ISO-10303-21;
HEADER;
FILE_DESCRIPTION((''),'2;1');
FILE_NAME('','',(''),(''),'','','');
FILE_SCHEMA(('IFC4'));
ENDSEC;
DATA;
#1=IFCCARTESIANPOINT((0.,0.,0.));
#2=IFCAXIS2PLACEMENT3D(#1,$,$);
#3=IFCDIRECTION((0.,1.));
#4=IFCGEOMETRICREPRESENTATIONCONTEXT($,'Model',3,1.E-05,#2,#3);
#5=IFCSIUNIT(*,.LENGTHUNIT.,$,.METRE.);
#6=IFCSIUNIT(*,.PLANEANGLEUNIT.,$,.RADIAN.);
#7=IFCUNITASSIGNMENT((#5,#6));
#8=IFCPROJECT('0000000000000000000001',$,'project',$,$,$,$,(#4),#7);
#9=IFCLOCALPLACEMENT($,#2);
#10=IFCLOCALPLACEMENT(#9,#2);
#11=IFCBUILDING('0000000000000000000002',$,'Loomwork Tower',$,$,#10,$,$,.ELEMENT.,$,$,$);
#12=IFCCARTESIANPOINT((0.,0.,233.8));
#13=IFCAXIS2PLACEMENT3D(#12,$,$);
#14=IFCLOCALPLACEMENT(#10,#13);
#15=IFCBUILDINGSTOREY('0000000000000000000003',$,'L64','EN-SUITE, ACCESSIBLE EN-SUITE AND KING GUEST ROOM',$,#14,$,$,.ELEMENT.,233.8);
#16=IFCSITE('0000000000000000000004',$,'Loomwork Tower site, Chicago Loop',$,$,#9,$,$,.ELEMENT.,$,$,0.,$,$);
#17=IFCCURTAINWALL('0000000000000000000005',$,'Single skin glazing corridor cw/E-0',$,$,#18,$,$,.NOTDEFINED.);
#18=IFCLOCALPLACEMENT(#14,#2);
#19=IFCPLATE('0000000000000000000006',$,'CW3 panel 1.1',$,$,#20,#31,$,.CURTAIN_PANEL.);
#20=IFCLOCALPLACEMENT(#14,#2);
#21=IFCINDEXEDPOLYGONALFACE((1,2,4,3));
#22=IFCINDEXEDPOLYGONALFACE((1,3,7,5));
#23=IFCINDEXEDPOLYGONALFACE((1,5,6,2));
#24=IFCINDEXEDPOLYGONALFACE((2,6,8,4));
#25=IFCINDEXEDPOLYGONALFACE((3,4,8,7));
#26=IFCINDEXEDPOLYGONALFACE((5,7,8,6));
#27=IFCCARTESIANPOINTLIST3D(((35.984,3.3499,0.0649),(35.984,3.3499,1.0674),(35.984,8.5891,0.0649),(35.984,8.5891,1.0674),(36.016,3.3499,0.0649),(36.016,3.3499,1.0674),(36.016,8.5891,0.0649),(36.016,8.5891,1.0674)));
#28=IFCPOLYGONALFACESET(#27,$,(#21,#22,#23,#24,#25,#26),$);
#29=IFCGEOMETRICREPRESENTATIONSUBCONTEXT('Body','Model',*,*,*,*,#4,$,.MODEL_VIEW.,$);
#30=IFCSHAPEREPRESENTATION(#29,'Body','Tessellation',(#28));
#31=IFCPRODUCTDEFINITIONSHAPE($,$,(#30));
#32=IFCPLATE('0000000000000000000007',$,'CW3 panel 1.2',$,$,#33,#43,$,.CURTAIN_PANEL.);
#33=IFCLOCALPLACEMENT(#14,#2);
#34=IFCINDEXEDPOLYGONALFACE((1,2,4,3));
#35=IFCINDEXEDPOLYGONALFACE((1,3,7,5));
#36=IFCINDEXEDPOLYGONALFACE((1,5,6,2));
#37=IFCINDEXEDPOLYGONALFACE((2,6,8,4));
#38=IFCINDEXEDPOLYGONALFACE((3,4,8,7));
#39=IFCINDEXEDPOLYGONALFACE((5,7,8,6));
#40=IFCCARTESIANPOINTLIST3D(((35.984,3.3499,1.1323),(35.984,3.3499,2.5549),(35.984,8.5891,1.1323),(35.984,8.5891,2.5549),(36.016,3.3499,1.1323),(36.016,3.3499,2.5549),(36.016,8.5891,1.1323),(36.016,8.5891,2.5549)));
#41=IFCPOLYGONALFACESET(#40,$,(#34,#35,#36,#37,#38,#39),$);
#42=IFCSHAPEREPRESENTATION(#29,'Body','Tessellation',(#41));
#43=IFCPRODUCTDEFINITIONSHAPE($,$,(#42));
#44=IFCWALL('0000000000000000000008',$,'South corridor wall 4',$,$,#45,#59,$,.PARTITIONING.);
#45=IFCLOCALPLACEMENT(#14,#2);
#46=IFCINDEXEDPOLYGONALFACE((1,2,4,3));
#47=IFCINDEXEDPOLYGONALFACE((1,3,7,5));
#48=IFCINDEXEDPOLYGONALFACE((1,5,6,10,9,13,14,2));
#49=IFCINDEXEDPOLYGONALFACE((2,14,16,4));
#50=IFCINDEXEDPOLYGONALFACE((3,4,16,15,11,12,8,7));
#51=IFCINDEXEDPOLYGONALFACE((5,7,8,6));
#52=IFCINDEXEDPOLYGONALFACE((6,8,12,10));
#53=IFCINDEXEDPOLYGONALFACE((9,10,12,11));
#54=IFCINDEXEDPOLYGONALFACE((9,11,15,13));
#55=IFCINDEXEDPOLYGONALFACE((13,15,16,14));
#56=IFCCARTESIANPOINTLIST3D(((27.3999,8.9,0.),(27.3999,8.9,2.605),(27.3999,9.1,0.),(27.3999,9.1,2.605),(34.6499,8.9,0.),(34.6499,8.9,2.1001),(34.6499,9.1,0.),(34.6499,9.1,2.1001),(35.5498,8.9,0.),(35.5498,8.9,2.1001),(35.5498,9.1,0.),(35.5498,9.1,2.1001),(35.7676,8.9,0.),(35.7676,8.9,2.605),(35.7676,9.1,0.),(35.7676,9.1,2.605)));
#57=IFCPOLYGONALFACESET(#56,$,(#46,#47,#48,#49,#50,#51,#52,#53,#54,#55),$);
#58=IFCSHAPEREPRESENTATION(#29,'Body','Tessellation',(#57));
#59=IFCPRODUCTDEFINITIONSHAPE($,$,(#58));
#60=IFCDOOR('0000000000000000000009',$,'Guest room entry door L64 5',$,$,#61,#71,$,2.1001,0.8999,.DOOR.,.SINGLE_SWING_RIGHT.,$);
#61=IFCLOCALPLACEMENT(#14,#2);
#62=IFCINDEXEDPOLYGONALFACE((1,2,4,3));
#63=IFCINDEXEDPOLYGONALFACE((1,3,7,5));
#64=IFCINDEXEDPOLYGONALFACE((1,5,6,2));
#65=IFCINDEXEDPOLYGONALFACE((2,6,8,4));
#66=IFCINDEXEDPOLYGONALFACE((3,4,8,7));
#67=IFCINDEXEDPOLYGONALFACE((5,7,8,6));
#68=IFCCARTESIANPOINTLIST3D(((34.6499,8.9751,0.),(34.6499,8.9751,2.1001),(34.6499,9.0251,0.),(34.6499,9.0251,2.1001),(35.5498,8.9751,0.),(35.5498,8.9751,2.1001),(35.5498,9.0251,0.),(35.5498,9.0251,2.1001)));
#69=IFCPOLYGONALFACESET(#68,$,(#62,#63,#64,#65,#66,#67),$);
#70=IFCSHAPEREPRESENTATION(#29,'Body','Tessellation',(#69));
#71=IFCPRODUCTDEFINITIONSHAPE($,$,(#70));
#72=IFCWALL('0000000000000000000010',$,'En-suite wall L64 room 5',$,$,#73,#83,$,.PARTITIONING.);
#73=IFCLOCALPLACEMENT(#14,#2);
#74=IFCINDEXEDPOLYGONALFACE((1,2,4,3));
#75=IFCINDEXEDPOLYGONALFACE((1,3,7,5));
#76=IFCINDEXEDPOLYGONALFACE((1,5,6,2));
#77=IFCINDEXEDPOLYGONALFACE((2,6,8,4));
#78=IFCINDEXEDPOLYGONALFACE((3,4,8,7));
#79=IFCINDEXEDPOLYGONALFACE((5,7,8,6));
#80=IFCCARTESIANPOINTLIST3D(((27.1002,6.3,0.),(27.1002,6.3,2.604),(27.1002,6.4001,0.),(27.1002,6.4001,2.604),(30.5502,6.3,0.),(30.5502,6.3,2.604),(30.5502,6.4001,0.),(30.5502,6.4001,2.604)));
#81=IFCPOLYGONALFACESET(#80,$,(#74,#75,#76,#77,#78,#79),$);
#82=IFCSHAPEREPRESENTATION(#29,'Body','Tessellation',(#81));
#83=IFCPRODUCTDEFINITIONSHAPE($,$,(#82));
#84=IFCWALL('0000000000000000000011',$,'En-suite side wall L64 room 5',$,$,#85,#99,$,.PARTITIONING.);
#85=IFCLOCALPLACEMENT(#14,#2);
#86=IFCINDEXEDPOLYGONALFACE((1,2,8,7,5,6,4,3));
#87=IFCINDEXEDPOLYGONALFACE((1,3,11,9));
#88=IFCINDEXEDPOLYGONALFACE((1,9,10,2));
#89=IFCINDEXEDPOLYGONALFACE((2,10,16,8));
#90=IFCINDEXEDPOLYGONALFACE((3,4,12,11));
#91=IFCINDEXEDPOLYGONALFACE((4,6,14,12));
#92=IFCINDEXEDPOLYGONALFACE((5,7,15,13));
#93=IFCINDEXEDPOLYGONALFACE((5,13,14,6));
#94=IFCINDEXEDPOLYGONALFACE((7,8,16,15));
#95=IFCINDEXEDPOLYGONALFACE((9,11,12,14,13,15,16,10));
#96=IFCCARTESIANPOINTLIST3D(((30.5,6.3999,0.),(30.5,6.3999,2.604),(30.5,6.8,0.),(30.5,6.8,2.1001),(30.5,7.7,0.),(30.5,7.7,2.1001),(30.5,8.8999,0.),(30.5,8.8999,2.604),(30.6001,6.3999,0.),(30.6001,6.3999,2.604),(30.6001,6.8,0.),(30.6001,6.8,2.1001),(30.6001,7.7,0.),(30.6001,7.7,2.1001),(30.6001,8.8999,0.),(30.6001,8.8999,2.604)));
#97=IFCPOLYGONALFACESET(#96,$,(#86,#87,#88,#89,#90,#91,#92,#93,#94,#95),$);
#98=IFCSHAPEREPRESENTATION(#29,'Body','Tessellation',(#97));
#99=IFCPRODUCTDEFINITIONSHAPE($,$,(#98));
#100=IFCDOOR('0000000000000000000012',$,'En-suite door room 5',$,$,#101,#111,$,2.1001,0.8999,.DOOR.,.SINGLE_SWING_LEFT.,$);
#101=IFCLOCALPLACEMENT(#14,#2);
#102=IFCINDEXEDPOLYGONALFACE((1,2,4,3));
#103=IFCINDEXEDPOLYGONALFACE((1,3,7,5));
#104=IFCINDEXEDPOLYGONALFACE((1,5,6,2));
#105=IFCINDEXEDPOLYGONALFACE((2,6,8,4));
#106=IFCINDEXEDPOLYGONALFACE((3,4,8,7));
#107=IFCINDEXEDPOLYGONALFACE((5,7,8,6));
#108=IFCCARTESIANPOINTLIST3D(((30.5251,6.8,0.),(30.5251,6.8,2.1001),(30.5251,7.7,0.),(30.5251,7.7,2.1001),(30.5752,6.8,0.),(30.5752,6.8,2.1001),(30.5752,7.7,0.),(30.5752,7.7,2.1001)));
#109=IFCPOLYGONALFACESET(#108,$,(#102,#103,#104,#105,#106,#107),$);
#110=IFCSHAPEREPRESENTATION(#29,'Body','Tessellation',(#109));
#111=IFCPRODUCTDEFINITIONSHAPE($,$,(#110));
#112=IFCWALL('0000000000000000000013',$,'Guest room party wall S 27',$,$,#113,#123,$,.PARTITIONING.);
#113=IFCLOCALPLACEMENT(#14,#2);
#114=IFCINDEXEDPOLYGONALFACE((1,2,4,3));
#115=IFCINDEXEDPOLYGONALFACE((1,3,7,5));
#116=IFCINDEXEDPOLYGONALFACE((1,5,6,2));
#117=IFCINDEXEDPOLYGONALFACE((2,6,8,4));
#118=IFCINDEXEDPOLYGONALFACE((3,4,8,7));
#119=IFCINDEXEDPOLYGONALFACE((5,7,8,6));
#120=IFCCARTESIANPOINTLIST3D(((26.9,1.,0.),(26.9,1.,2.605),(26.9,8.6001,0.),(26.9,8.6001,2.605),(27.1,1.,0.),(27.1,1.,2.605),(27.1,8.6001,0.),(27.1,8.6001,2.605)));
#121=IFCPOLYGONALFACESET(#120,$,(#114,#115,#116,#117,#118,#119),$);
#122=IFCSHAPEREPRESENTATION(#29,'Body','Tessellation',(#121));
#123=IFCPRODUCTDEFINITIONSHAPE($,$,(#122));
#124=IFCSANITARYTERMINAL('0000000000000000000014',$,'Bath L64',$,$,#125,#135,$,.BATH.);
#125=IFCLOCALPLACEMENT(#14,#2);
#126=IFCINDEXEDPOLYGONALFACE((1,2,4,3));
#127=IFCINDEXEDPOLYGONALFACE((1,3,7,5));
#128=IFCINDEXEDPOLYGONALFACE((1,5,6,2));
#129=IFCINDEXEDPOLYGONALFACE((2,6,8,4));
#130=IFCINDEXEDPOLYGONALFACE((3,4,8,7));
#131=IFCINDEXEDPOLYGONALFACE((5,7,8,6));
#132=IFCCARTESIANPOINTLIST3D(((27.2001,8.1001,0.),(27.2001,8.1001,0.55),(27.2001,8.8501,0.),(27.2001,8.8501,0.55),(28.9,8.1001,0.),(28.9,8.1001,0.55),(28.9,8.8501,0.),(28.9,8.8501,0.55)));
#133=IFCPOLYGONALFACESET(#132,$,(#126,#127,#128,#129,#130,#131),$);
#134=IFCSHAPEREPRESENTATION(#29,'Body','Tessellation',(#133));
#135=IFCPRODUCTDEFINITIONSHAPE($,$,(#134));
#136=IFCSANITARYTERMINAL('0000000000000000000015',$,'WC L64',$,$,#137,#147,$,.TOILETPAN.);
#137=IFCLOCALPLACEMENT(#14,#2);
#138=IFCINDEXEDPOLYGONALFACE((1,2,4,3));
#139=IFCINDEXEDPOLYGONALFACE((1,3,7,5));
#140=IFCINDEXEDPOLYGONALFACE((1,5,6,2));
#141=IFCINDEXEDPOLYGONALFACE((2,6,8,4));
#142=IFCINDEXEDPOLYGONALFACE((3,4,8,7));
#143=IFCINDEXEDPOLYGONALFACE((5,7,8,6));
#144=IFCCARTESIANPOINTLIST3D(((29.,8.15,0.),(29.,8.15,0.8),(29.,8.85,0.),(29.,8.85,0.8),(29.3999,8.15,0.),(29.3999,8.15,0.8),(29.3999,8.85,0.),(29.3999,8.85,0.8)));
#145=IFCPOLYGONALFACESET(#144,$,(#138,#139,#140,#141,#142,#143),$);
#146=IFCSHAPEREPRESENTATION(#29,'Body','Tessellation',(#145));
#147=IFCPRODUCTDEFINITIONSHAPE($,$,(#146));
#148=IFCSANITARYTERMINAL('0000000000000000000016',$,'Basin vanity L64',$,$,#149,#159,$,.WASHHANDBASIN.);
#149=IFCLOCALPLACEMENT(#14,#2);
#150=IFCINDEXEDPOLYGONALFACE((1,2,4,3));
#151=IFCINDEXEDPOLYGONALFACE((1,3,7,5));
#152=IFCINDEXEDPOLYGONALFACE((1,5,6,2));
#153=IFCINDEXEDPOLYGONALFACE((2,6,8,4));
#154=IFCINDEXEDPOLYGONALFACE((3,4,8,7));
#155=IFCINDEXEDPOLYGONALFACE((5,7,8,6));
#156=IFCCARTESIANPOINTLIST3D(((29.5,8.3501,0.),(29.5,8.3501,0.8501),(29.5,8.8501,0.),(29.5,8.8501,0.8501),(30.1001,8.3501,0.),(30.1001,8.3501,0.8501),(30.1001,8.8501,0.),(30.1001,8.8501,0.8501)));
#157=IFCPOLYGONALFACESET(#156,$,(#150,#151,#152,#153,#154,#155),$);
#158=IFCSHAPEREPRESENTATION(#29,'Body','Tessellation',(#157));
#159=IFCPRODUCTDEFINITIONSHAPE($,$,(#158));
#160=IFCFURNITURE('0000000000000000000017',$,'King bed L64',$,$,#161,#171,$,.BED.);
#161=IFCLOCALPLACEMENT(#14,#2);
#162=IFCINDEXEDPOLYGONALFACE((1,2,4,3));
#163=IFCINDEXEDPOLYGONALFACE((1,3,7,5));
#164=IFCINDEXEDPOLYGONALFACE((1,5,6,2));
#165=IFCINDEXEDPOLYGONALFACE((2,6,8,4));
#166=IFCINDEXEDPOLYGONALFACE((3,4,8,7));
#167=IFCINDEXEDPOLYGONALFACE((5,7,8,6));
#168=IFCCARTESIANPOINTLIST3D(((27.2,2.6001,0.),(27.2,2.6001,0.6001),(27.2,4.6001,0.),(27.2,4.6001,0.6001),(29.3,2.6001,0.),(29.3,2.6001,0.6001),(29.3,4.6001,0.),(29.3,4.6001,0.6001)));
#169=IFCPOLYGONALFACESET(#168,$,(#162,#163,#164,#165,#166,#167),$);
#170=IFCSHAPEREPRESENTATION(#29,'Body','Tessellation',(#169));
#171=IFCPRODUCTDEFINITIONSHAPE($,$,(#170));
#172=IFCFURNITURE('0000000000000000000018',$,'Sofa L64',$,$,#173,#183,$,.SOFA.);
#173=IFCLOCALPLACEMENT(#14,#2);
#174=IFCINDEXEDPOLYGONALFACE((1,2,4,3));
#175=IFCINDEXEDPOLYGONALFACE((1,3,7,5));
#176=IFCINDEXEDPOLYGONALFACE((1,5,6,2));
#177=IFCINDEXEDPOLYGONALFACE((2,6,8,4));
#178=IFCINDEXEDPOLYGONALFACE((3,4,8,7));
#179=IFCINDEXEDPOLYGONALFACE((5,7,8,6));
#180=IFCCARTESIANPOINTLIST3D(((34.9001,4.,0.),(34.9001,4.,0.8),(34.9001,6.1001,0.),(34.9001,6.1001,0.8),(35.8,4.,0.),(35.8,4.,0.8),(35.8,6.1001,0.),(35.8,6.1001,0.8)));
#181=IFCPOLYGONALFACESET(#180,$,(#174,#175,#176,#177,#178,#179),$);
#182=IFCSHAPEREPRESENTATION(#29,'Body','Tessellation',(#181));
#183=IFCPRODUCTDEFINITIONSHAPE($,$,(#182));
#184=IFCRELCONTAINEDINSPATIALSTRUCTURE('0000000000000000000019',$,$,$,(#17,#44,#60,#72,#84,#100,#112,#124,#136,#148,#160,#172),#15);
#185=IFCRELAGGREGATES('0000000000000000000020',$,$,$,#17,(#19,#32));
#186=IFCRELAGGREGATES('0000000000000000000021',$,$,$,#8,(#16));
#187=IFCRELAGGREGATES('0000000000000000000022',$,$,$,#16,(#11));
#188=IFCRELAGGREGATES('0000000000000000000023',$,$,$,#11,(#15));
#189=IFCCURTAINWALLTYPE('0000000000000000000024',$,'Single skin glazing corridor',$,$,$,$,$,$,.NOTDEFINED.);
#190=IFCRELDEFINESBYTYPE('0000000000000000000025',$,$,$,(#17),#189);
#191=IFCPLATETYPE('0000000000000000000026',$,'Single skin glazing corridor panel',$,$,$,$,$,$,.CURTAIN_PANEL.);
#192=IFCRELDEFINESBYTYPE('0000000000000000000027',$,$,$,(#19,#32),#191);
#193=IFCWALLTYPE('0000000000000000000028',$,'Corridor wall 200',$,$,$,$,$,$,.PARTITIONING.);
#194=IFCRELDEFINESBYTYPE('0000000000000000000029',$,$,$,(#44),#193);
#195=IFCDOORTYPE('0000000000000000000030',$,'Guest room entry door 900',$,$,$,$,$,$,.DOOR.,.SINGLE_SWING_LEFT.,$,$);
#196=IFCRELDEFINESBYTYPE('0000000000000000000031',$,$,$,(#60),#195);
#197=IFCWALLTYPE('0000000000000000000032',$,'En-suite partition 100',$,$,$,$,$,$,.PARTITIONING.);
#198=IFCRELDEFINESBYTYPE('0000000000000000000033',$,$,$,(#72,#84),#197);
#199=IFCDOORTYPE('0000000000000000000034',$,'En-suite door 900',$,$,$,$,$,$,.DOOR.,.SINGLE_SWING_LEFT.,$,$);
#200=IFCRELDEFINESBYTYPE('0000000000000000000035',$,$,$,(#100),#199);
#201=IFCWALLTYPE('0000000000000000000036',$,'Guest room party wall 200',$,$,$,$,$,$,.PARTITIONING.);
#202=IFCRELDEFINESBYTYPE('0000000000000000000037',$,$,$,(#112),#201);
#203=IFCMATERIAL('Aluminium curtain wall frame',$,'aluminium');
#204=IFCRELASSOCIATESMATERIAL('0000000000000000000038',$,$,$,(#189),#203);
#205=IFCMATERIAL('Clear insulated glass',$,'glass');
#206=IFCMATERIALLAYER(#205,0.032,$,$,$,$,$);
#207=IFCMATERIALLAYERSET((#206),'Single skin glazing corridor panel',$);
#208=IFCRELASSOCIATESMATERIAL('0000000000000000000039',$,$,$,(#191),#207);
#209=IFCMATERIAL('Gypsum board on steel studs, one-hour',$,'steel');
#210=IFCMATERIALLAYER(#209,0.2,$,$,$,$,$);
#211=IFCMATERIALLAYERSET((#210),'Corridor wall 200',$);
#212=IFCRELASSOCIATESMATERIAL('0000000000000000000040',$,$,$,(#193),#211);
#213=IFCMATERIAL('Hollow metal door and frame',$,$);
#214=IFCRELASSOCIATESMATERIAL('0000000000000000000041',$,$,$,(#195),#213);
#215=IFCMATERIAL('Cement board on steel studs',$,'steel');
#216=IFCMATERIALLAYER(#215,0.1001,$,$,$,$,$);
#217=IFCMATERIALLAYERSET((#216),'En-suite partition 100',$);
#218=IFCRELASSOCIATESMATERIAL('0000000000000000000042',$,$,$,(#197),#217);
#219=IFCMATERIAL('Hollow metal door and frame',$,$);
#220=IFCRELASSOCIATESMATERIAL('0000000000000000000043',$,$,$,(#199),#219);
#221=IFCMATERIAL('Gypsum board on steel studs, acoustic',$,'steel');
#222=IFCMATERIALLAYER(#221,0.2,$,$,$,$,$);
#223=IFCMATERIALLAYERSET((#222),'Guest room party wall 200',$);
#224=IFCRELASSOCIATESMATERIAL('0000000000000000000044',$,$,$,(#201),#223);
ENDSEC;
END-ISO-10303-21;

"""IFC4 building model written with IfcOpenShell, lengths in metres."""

from ifc_helpers import new_model, si_unit, direction, frame, frame_2d, origin, origin_2d, place, context, subcontext, project, spatial, rectangle, extrude, material, layer, layer_set, type_object, element, fill, aggregate, save


model = new_model("IFC4")

# Units and contexts
model_context = context("Model", 3, precision=1e-05, world=origin(), true_north=direction((0.0, 1.0)))
body_context = subcontext(model_context, "Body", "Model", "MODEL_VIEW")
ifc_project = project(units=[si_unit("LENGTHUNIT", "METRE"), si_unit("PLANEANGLEUNIT", "RADIAN")], contexts=[model_context])

# Site, building, storey
site_placement = place(None, origin())
site = spatial("IfcSite", under=ifc_project, at=site_placement, Name="Loomwork Tower site, Chicago Loop", CompositionType="ELEMENT", RefElevation=0.0)
building_placement = place(site_placement, origin())
building = spatial("IfcBuilding", under=site, at=building_placement, Name="Loomwork Tower", CompositionType="ELEMENT")
storey_placement = place(building_placement, frame((0.0, 0.0, 233.8)))
storey = spatial("IfcBuildingStorey", under=building, at=storey_placement, Name="L64", Description="EN-SUITE, ACCESSIBLE EN-SUITE AND KING GUEST ROOM", CompositionType="ELEMENT", Elevation=233.8)

# Curtain wall, plates
ifc_material_1 = material(Name="Aluminium curtain wall frame", Category="aluminium")
curtain_wall_type = type_object("IfcCurtainWallType", Name="Single skin glazing corridor", PredefinedType="NOTDEFINED", material=ifc_material_1)
curtain_wall_placement = place(storey_placement, origin())
curtain_wall = element("IfcCurtainWall", 1, at=curtain_wall_placement, inside=storey, type_object=curtain_wall_type, Name="Single skin glazing corridor cw/E-0", PredefinedType="NOTDEFINED")
ifc_material_2 = material(Name="Clear insulated glass", Category="glass")
ifc_layer_1 = layer(ifc_material_2, 0.032)
ifc_layer_set_1 = layer_set([ifc_layer_1], Name="Single skin glazing corridor panel")
plate_type = type_object("IfcPlateType", Name="Single skin glazing corridor panel", PredefinedType="CURTAIN_PANEL", material=ifc_layer_set_1)
plate_1_placement = place(storey_placement, frame((36.0, 5.9695, 0.0649), z_axis=(0.0, 0.0, 1.0), x_axis=(0.0, 1.0, 0.0)))
plate_1 = element("IfcPlate", 2, at=plate_1_placement, type_object=plate_type, Name="CW3 panel 1.1", PredefinedType="CURTAIN_PANEL", context=body_context, shape_type="SweptSolid", body=[
    extrude(rectangle(XDim=5.2393, YDim=0.032, at=origin_2d()), origin(), (0.0, 0.0, 1.0), 1.0024),
])
plate_2_placement = place(storey_placement, frame((36.0, 5.9695, 1.1323), z_axis=(0.0, 0.0, 1.0), x_axis=(0.0, 1.0, 0.0)))
plate_2 = element("IfcPlate", 3, at=plate_2_placement, type_object=plate_type, Name="CW3 panel 1.2", PredefinedType="CURTAIN_PANEL", context=body_context, shape_type="SweptSolid", body=[
    extrude(rectangle(XDim=5.2393, YDim=0.032, at=origin_2d()), origin(), (0.0, 0.0, 1.0), 1.4226),
])
aggregate(curtain_wall, [plate_1, plate_2])

# Wall, opening, door
ifc_material_3 = material(Name="Gypsum board on steel studs, one-hour", Category="steel")
ifc_layer_2 = layer(ifc_material_3, 0.2)
ifc_layer_set_2 = layer_set([ifc_layer_2], Name="Corridor wall 200")
wall_type_1 = type_object("IfcWallType", Name="Corridor wall 200", PredefinedType="PARTITIONING", material=ifc_layer_set_2)
wall_1_placement = place(storey_placement, frame((27.3999, 9.0, 0.0), z_axis=(0.0, 0.0, 1.0), x_axis=(1.0, 0.0, 0.0)))
wall_1 = element("IfcWall", 4, at=wall_1_placement, inside=storey, type_object=wall_type_1, Name="South corridor wall 4", PredefinedType="PARTITIONING", context=body_context, shape_type="SweptSolid", body=[
    extrude(rectangle(XDim=8.3677, YDim=0.2, at=frame_2d((4.1838, 0.0))), origin(), (0.0, 0.0, 1.0), 2.605),
])
opening_1_placement = place(wall_1_placement, frame((7.25, 0.0, 0.0)))
opening_1 = element("IfcOpeningElement", 5, at=opening_1_placement, cuts=wall_1, PredefinedType="OPENING", context=body_context, shape_type="SweptSolid", body=[
    extrude(rectangle(XDim=0.8999, YDim=2.1001, at=frame_2d((0.45, 1.05))), frame((0.0, 0.1099, 0.0), z_axis=(0.0, -1.0, 0.0), x_axis=(1.0, 0.0, 0.0)), (0.0, 0.0, 1.0), 0.22),
])
ifc_material_4 = material(Name="Hollow metal door and frame")
door_type_1 = type_object("IfcDoorType", Name="Guest room entry door 900", OperationType="SINGLE_SWING_LEFT", PredefinedType="DOOR", material=ifc_material_4)
door_1_placement = place(opening_1_placement, frame((0.8999, 0.0, 0.0), z_axis=(0.0, 0.0, 1.0), x_axis=(-1.0, 0.0, 0.0)))
door_1 = element("IfcDoor", 6, at=door_1_placement, inside=storey, type_object=door_type_1, Name="Guest room entry door L64 5", OperationType="SINGLE_SWING_RIGHT", OverallHeight=2.1001, OverallWidth=0.8999, PredefinedType="DOOR", context=body_context, shape_type="SweptSolid", body=[
    extrude(rectangle(XDim=0.8999, YDim=2.1001, at=frame_2d((0.45, 1.05))), frame((0.0, 0.0249, 0.0), z_axis=(0.0, -1.0, 0.0), x_axis=(1.0, 0.0, 0.0)), (0.0, 0.0, 1.0), 0.05),
])
fill(opening_1, door_1)

# Wall
ifc_material_5 = material(Name="Cement board on steel studs", Category="steel")
ifc_layer_3 = layer(ifc_material_5, 0.1001)
ifc_layer_set_3 = layer_set([ifc_layer_3], Name="En-suite partition 100")
wall_type_2 = type_object("IfcWallType", Name="En-suite partition 100", PredefinedType="PARTITIONING", material=ifc_layer_set_3)
wall_2_placement = place(storey_placement, frame((27.1001, 6.3501, 0.0), z_axis=(0.0, 0.0, 1.0), x_axis=(1.0, 0.0, 0.0)))
element("IfcWall", 7, at=wall_2_placement, inside=storey, type_object=wall_type_2, Name="En-suite wall L64 room 5", PredefinedType="PARTITIONING", context=body_context, shape_type="SweptSolid", body=[
    extrude(rectangle(XDim=3.45, YDim=0.1001, at=frame_2d((1.7251, 0.0))), origin(), (0.0, 0.0, 1.0), 2.604),
])

# Wall, opening, door
wall_3_placement = place(storey_placement, frame((30.55, 8.8999, 0.0), z_axis=(0.0, 0.0, 1.0), x_axis=(0.0, -1.0, 0.0)))
wall_3 = element("IfcWall", 8, at=wall_3_placement, inside=storey, type_object=wall_type_2, Name="En-suite side wall L64 room 5", PredefinedType="PARTITIONING", context=body_context, shape_type="SweptSolid", body=[
    extrude(rectangle(XDim=2.5, YDim=0.1001, at=frame_2d((1.25, 0.0))), origin(), (0.0, 0.0, 1.0), 2.604),
])
opening_2_placement = place(wall_3_placement, frame((1.2, 0.0, 0.0)))
opening_2 = element("IfcOpeningElement", 9, at=opening_2_placement, cuts=wall_3, PredefinedType="OPENING", context=body_context, shape_type="SweptSolid", body=[
    extrude(rectangle(XDim=0.8999, YDim=2.1001, at=frame_2d((0.45, 1.05))), frame((0.0, 0.0601, 0.0), z_axis=(0.0, -1.0, 0.0), x_axis=(1.0, 0.0, 0.0)), (0.0, 0.0, 1.0), 0.1201),
])
ifc_material_6 = material(Name="Hollow metal door and frame")
door_type_2 = type_object("IfcDoorType", Name="En-suite door 900", OperationType="SINGLE_SWING_LEFT", PredefinedType="DOOR", material=ifc_material_6)
door_2_placement = place(opening_2_placement, frame((0.8999, 0.0, 0.0), z_axis=(0.0, 0.0, 1.0), x_axis=(-1.0, 0.0, 0.0)))
door_2 = element("IfcDoor", 10, at=door_2_placement, inside=storey, type_object=door_type_2, Name="En-suite door room 5", OperationType="SINGLE_SWING_LEFT", OverallHeight=2.1001, OverallWidth=0.8999, PredefinedType="DOOR", context=body_context, shape_type="SweptSolid", body=[
    extrude(rectangle(XDim=0.8999, YDim=2.1001, at=frame_2d((0.45, 1.05))), frame((0.0, 0.0249, 0.0), z_axis=(0.0, -1.0, 0.0), x_axis=(1.0, 0.0, 0.0)), (0.0, 0.0, 1.0), 0.05),
])
fill(opening_2, door_2)

# Wall
ifc_material_7 = material(Name="Gypsum board on steel studs, acoustic", Category="steel")
ifc_layer_4 = layer(ifc_material_7, 0.2)
ifc_layer_set_4 = layer_set([ifc_layer_4], Name="Guest room party wall 200")
wall_type_3 = type_object("IfcWallType", Name="Guest room party wall 200", PredefinedType="PARTITIONING", material=ifc_layer_set_4)
wall_4_placement = place(storey_placement, frame((27.0, 8.6001, 0.0), z_axis=(0.0, 0.0, 1.0), x_axis=(0.0, -1.0, 0.0)))
element("IfcWall", 11, at=wall_4_placement, inside=storey, type_object=wall_type_3, Name="Guest room party wall S 27", PredefinedType="PARTITIONING", context=body_context, shape_type="SweptSolid", body=[
    extrude(rectangle(XDim=7.6001, YDim=0.2, at=frame_2d((3.8, 0.0))), origin(), (0.0, 0.0, 1.0), 2.605),
])

# Sanitary terminals
sanitary_terminal_1_placement = place(storey_placement, frame((28.05, 8.4751, 0.0), z_axis=(0.0, 0.0, 1.0), x_axis=(1.0, 0.0, 0.0)))
element("IfcSanitaryTerminal", 12, at=sanitary_terminal_1_placement, inside=storey, Name="Bath L64", PredefinedType="BATH", context=body_context, shape_type="SweptSolid", body=[
    extrude(rectangle(XDim=1.7, YDim=0.75, at=origin_2d()), origin(), (0.0, 0.0, 1.0), 0.55),
])
sanitary_terminal_2_placement = place(storey_placement, frame((29.2, 8.5, 0.0), z_axis=(0.0, 0.0, 1.0), x_axis=(1.0, 0.0, 0.0)))
element("IfcSanitaryTerminal", 13, at=sanitary_terminal_2_placement, inside=storey, Name="WC L64", PredefinedType="TOILETPAN", context=body_context, shape_type="SweptSolid", body=[
    extrude(rectangle(XDim=0.3999, YDim=0.7, at=origin_2d()), origin(), (0.0, 0.0, 1.0), 0.8),
])
sanitary_terminal_3_placement = place(storey_placement, frame((29.8, 8.6001, 0.0), z_axis=(0.0, 0.0, 1.0), x_axis=(1.0, 0.0, 0.0)))
element("IfcSanitaryTerminal", 14, at=sanitary_terminal_3_placement, inside=storey, Name="Basin vanity L64", PredefinedType="WASHHANDBASIN", context=body_context, shape_type="SweptSolid", body=[
    extrude(rectangle(XDim=0.6001, YDim=0.5, at=origin_2d()), origin(), (0.0, 0.0, 1.0), 0.8501),
])

# Furniture
furniture_1_placement = place(storey_placement, frame((28.25, 3.6001, 0.0), z_axis=(0.0, 0.0, 1.0), x_axis=(1.0, 0.0, 0.0)))
element("IfcFurniture", 15, at=furniture_1_placement, inside=storey, Name="King bed L64", PredefinedType="BED", context=body_context, shape_type="SweptSolid", body=[
    extrude(rectangle(XDim=2.1001, YDim=2.0, at=origin_2d()), origin(), (0.0, 0.0, 1.0), 0.6001),
])
furniture_2_placement = place(storey_placement, frame((35.3501, 5.05, 0.0), z_axis=(0.0, 0.0, 1.0), x_axis=(1.0, 0.0, 0.0)))
element("IfcFurniture", 16, at=furniture_2_placement, inside=storey, Name="Sofa L64", PredefinedType="SOFA", context=body_context, shape_type="SweptSolid", body=[
    extrude(rectangle(XDim=0.8999, YDim=2.1001, at=origin_2d()), origin(), (0.0, 0.0, 1.0), 0.8),
])

save(model, "model.ifc")
